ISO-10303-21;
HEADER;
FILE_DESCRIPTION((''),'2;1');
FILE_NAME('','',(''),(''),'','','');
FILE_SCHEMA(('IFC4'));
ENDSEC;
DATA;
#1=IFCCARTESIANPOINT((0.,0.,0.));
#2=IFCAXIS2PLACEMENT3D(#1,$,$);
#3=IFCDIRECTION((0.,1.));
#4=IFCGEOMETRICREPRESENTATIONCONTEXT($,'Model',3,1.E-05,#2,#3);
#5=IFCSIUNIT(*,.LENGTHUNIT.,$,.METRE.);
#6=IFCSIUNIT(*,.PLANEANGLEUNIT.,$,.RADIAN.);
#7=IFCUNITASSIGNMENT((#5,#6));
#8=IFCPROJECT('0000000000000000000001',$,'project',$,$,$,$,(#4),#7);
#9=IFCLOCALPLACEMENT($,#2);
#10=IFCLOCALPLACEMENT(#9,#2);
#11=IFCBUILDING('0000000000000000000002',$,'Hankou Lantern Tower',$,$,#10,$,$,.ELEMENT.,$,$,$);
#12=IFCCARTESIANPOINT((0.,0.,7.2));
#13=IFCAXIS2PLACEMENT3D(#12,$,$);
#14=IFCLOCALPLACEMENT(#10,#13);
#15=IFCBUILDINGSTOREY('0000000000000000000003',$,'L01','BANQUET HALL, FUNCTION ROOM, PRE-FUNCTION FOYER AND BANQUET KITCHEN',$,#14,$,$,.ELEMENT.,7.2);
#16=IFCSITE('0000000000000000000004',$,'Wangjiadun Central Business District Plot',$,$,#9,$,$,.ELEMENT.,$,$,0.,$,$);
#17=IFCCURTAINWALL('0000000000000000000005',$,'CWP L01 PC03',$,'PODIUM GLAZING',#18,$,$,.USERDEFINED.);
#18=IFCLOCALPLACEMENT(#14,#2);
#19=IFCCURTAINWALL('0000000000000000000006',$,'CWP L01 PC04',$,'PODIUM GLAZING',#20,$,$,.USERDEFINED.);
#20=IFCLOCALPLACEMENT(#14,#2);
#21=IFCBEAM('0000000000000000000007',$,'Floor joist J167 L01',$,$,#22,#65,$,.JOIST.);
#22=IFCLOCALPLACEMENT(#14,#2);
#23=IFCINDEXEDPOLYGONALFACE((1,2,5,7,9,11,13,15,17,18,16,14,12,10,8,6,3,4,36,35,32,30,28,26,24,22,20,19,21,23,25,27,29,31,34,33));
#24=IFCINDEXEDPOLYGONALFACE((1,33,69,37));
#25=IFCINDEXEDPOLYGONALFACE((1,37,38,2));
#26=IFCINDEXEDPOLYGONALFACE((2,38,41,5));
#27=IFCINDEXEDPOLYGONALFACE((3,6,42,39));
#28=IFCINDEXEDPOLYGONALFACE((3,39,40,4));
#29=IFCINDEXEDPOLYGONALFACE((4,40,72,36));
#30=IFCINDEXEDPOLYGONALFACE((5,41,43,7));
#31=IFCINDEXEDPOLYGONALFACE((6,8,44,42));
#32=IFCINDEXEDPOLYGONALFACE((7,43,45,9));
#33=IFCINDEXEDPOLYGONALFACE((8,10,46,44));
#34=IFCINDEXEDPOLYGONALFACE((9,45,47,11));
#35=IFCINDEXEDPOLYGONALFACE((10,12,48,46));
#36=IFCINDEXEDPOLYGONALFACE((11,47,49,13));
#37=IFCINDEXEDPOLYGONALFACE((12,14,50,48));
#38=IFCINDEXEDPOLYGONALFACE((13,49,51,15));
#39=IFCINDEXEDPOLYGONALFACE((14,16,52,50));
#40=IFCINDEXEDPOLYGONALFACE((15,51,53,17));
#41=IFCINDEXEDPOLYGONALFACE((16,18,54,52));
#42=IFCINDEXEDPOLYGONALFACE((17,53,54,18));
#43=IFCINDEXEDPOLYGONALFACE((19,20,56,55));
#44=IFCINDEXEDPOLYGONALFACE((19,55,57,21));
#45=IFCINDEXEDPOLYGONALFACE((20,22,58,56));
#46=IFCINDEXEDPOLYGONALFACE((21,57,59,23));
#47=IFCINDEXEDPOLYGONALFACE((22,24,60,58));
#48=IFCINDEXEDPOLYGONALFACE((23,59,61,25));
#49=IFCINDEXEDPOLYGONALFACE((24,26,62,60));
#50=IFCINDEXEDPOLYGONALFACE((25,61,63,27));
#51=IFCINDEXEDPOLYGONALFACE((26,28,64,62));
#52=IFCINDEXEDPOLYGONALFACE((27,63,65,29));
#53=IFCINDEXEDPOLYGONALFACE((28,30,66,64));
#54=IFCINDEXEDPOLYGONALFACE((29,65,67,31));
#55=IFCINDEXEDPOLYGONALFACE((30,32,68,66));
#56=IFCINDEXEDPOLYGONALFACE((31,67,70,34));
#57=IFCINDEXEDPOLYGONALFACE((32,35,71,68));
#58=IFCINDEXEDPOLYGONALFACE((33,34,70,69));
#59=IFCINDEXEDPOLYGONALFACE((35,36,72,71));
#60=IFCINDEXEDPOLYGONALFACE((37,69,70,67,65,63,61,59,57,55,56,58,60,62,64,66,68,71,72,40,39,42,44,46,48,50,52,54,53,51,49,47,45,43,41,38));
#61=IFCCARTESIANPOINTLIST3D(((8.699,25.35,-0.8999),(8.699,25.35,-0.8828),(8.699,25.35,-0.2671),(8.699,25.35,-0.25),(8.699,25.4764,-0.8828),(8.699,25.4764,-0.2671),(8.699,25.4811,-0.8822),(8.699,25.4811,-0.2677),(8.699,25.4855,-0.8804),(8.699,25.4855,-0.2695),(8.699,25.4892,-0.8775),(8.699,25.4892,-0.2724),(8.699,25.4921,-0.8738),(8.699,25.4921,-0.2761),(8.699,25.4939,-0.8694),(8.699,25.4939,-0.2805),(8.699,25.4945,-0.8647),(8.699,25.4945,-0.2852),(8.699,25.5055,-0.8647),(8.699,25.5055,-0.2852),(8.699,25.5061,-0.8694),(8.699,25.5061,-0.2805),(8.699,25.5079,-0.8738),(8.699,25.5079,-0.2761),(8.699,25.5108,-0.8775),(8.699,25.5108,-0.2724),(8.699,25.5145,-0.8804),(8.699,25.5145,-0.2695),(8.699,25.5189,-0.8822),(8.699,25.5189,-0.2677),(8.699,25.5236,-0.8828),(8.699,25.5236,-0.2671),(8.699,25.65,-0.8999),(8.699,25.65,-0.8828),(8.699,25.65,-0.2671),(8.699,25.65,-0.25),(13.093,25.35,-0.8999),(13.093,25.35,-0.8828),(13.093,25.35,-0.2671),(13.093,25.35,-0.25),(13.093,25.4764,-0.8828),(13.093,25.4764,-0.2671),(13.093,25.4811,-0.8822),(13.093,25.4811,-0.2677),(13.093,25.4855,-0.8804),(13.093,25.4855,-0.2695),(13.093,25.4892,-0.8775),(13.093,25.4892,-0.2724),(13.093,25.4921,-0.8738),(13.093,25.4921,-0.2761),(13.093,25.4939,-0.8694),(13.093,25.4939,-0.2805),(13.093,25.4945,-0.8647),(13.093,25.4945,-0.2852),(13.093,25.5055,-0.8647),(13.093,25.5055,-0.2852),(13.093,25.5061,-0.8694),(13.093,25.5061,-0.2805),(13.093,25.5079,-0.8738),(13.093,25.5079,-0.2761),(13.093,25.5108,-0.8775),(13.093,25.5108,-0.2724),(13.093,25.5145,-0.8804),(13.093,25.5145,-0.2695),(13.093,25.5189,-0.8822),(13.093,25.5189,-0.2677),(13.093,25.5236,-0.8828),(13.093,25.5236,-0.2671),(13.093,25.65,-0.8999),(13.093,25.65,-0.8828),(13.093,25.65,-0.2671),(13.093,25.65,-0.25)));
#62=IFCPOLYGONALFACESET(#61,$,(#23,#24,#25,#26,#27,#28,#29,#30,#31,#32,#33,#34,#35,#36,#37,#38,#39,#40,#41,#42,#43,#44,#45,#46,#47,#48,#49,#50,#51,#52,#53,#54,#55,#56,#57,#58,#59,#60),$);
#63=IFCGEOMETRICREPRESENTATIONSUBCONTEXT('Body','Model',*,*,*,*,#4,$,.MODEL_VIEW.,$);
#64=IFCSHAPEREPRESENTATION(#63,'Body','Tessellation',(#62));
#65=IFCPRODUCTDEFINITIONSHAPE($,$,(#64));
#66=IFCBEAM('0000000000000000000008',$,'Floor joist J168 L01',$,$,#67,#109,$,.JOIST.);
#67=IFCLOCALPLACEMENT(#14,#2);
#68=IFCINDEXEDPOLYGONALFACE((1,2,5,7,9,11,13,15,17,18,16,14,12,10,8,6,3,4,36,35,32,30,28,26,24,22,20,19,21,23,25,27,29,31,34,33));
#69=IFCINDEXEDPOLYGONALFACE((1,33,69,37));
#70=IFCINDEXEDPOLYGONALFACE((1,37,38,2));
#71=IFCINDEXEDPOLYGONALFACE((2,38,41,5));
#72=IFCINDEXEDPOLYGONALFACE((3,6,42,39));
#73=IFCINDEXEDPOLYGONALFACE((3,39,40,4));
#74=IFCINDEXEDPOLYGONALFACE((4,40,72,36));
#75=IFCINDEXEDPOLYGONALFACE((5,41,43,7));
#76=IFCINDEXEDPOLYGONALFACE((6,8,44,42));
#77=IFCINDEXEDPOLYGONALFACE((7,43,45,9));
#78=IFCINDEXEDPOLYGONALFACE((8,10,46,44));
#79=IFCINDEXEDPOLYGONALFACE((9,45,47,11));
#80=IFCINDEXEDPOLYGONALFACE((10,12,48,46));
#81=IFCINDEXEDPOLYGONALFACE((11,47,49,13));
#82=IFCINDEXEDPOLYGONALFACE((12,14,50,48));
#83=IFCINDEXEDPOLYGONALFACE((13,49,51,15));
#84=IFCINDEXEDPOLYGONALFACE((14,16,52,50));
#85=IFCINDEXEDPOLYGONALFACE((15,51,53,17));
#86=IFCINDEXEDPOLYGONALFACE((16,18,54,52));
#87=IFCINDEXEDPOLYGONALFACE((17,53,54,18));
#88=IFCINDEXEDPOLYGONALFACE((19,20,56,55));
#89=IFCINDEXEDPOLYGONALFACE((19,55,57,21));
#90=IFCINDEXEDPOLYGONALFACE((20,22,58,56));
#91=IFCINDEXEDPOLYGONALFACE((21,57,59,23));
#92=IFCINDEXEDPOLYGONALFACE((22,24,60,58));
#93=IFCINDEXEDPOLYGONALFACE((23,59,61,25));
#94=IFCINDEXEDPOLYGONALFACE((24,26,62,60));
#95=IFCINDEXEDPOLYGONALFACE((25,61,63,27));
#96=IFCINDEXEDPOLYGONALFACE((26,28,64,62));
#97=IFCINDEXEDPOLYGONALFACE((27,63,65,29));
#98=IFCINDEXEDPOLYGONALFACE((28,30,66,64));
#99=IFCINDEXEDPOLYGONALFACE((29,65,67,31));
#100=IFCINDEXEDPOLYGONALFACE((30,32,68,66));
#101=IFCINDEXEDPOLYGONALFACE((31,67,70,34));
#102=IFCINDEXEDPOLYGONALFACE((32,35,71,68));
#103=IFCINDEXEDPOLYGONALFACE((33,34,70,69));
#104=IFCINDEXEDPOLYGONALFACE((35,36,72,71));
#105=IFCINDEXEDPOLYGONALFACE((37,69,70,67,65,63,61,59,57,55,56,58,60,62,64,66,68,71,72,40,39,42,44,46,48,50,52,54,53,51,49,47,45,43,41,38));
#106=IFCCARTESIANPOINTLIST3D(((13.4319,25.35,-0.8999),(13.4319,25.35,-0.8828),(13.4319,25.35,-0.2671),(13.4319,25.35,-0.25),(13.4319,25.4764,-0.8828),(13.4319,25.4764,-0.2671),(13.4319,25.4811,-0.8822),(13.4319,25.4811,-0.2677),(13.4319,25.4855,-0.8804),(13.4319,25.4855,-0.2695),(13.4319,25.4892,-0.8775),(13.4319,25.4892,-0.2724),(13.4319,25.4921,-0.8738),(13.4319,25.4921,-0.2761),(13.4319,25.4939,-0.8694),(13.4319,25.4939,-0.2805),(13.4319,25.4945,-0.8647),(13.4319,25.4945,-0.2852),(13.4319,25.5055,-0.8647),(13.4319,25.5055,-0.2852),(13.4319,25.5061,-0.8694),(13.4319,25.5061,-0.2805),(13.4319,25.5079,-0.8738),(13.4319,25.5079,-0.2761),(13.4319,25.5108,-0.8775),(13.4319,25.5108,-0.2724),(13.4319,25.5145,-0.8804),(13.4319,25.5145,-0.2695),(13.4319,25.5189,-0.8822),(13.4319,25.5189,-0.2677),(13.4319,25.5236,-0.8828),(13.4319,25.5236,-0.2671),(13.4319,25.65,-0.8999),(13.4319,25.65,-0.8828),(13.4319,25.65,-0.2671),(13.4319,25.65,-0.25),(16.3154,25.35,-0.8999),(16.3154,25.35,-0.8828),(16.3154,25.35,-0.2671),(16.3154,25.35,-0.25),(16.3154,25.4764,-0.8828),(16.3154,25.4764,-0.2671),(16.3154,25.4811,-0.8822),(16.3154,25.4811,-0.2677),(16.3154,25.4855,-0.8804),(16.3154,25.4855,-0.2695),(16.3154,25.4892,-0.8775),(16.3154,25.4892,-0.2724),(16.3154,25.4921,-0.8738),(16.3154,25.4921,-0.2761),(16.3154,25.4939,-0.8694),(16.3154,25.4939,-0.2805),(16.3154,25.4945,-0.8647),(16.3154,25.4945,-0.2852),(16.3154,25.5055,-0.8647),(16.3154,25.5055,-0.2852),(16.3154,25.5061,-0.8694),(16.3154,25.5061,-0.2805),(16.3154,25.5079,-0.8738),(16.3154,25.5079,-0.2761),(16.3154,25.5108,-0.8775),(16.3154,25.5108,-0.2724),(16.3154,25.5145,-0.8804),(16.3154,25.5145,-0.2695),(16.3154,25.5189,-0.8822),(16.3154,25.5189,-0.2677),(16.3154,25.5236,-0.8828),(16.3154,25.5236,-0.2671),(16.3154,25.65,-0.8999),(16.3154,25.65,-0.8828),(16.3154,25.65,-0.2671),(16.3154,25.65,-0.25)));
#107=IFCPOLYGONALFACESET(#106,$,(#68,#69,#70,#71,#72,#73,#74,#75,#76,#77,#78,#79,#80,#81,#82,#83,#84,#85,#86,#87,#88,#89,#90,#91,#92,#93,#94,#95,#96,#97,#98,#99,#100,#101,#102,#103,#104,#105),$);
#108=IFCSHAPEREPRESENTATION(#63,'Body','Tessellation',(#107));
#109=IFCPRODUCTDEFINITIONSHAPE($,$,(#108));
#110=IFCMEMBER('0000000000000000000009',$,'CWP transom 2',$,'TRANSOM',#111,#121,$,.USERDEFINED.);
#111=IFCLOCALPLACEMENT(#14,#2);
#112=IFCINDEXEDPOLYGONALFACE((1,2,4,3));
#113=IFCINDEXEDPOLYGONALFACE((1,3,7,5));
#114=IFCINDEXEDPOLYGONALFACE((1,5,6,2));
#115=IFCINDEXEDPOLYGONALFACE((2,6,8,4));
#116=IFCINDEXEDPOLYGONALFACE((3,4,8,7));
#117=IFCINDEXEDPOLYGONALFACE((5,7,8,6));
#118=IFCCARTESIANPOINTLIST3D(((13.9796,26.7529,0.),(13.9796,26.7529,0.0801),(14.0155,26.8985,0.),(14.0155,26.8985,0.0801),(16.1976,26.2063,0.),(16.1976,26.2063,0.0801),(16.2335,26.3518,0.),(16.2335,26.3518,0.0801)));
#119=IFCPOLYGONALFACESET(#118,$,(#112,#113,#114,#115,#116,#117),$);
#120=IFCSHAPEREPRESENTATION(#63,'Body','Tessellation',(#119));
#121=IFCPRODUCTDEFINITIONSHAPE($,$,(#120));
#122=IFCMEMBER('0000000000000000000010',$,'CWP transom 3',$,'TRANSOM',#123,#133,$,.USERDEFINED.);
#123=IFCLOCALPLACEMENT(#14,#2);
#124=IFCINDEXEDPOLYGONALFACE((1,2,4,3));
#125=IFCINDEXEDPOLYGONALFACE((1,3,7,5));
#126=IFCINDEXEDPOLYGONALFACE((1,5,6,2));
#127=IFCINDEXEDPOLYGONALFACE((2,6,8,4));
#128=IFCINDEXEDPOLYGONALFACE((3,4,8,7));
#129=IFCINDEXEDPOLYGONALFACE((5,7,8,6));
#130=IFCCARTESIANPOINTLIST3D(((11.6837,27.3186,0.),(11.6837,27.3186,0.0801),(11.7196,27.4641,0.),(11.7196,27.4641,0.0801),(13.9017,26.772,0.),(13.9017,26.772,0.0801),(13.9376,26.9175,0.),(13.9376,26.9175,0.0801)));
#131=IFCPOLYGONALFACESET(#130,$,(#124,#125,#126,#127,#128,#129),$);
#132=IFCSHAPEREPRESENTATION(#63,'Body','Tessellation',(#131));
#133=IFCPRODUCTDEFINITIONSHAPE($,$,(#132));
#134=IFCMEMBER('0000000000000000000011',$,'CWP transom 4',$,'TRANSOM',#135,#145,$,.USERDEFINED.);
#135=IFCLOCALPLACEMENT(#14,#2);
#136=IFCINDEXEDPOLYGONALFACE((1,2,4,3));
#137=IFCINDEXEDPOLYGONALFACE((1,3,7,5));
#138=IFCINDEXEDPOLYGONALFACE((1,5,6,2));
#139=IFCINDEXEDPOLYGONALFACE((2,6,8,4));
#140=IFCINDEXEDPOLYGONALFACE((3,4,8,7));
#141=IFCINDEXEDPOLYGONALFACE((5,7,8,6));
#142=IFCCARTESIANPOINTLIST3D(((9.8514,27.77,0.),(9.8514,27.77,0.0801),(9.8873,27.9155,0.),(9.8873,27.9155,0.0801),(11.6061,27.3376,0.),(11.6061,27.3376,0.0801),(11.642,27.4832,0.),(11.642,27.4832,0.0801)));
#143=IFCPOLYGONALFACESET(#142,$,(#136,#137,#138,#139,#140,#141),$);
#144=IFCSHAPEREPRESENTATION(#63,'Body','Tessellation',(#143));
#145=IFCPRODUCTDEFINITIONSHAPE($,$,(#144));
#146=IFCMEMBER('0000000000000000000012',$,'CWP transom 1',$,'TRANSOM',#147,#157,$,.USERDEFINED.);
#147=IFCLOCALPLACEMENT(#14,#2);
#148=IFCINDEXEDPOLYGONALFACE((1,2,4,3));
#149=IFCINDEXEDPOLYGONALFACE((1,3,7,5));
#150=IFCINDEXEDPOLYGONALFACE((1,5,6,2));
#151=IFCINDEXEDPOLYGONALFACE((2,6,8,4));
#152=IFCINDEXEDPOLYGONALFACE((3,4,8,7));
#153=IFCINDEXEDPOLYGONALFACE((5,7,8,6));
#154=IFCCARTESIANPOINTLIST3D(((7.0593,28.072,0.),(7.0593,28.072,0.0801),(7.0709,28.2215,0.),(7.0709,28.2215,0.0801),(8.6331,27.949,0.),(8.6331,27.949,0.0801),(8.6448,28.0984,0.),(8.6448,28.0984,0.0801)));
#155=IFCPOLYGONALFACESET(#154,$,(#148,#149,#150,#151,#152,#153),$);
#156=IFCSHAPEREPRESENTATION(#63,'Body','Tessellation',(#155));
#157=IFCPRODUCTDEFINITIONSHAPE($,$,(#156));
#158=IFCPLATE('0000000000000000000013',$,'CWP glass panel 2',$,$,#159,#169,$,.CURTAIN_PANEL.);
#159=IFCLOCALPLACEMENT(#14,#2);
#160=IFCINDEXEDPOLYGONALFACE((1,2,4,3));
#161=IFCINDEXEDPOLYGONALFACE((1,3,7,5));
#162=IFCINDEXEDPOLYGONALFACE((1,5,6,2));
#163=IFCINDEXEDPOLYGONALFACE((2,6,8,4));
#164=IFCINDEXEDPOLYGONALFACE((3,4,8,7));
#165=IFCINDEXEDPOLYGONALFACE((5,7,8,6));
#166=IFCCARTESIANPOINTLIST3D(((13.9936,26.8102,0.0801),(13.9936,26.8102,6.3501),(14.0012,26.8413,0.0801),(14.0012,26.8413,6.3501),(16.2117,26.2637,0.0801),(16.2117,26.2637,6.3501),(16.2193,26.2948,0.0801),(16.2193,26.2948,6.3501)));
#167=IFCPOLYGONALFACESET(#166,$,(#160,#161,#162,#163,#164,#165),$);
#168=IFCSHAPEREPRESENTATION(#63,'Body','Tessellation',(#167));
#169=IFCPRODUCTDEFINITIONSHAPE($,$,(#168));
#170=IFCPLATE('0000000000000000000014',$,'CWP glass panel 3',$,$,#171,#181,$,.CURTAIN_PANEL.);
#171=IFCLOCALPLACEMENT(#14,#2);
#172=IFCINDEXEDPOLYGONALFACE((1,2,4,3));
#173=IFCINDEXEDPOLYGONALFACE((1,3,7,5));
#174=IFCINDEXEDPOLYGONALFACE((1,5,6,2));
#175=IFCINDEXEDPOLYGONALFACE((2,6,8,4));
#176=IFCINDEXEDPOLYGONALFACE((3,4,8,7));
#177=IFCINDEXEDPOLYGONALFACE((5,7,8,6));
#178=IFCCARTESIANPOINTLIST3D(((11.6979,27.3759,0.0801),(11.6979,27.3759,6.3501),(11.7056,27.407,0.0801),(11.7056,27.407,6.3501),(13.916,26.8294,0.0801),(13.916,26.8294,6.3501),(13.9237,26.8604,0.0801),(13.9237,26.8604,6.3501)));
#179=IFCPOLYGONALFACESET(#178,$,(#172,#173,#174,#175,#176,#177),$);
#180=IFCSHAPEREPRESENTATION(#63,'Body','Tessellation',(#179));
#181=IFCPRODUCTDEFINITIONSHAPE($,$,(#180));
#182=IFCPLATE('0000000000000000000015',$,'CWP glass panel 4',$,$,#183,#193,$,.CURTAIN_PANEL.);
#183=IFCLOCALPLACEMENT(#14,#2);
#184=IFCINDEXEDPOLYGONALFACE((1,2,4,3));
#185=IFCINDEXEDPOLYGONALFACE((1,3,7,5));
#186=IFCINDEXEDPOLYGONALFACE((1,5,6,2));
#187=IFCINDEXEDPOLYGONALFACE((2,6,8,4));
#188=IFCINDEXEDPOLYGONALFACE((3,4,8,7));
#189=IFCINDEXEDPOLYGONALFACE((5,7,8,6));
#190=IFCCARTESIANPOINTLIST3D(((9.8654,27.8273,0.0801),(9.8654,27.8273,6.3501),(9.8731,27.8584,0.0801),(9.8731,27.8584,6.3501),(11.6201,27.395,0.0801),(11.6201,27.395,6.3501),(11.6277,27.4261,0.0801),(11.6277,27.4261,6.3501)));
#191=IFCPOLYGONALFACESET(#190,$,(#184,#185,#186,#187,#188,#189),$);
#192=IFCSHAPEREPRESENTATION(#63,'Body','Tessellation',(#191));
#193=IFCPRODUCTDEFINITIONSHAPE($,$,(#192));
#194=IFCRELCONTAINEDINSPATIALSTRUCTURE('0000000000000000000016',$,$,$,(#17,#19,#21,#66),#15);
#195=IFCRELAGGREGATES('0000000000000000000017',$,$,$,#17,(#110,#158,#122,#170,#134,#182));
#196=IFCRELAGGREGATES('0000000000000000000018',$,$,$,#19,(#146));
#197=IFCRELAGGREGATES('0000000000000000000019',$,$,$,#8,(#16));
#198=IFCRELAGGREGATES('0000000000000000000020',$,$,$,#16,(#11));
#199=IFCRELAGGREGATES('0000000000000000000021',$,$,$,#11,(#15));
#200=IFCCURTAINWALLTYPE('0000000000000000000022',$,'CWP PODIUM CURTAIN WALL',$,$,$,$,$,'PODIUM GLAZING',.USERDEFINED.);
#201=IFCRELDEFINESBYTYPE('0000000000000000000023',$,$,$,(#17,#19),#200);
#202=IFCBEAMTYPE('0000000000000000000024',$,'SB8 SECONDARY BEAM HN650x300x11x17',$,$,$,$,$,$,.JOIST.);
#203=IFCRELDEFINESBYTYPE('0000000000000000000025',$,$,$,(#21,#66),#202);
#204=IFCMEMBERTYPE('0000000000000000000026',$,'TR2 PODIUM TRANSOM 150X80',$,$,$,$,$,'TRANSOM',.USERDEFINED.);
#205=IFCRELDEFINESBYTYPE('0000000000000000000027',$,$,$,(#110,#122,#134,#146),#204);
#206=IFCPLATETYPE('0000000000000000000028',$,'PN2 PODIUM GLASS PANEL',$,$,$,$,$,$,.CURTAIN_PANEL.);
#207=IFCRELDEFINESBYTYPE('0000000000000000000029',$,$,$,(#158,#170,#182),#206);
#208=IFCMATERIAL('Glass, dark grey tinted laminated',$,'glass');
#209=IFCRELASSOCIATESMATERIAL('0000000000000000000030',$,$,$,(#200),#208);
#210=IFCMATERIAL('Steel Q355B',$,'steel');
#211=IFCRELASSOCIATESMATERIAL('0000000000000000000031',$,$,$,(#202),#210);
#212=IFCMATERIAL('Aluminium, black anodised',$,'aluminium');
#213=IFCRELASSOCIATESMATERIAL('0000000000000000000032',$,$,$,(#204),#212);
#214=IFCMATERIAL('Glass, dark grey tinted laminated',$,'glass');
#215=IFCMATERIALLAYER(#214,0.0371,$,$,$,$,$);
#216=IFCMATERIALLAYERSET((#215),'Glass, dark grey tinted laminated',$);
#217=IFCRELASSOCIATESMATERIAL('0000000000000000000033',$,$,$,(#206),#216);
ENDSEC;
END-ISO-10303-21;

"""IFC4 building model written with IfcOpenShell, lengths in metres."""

from ifc_helpers import new_model, si_unit, direction, frame, origin, origin_2d, place, context, subcontext, project, spatial, rectangle, i_section, extrude, material, layer, layer_set, material_profile, profile_set, type_object, element, aggregate, save


model = new_model("IFC4")

# Units and contexts
model_context = context("Model", 3, precision=1e-05, world=origin(), true_north=direction((0.0, 1.0)))
body_context = subcontext(model_context, "Body", "Model", "MODEL_VIEW")
ifc_project = project(units=[si_unit("LENGTHUNIT", "METRE"), si_unit("PLANEANGLEUNIT", "RADIAN")], contexts=[model_context])

# Site, building, storey
site_placement = place(None, origin())
site = spatial("IfcSite", under=ifc_project, at=site_placement, Name="Wangjiadun Central Business District Plot", CompositionType="ELEMENT", RefElevation=0.0)
building_placement = place(site_placement, origin())
building = spatial("IfcBuilding", under=site, at=building_placement, Name="Hankou Lantern Tower", CompositionType="ELEMENT")
storey_placement = place(building_placement, frame((0.0, 0.0, 7.2)))
storey = spatial("IfcBuildingStorey", under=building, at=storey_placement, Name="L01", Description="BANQUET HALL, FUNCTION ROOM, PRE-FUNCTION FOYER AND BANQUET KITCHEN", CompositionType="ELEMENT", Elevation=7.2)

# Curtain wall
ifc_material_1 = material(Name="Glass, dark grey tinted laminated", Category="glass")
curtain_wall_type = type_object("IfcCurtainWallType", Name="CWP PODIUM CURTAIN WALL", ElementType="PODIUM GLAZING", PredefinedType="USERDEFINED", material=ifc_material_1)
curtain_wall_1_placement = place(storey_placement, origin())
curtain_wall_1 = element("IfcCurtainWall", 1, at=curtain_wall_1_placement, inside=storey, type_object=curtain_wall_type, Name="CWP L01 PC03", ObjectType="PODIUM GLAZING", PredefinedType="USERDEFINED")

# Curtain wall
curtain_wall_2_placement = place(storey_placement, origin())
curtain_wall_2 = element("IfcCurtainWall", 2, at=curtain_wall_2_placement, inside=storey, type_object=curtain_wall_type, Name="CWP L01 PC04", ObjectType="PODIUM GLAZING", PredefinedType="USERDEFINED")

# Beams
ifc_material_2 = material(Name="Steel Q355B", Category="steel")
ifc_material_profile_1 = material_profile(ifc_material_2, i_section(OverallWidth=0.3, OverallDepth=0.6499, WebThickness=0.011, FlangeThickness=0.0171, FilletRadius=0.0181, at=origin_2d()), Name="HN650x300x11x17")
ifc_profile_set_1 = profile_set([ifc_material_profile_1], Name="Steel Q355B")
beam_type_1 = type_object("IfcBeamType", Name="SB8 SECONDARY BEAM HN650x300x11x17", PredefinedType="JOIST", material=ifc_profile_set_1)
beam_1_placement = place(storey_placement, frame((8.699, 25.5, -0.575), z_axis=(1.0, 0.0, 0.0), x_axis=(0.0, 1.0, 0.0)))
element("IfcBeam", 3, at=beam_1_placement, inside=storey, type_object=beam_type_1, Name="Floor joist J167 L01", PredefinedType="JOIST", context=body_context, shape_type="SweptSolid", body=[
    extrude(i_section(OverallWidth=0.3, OverallDepth=0.6499, WebThickness=0.011, FlangeThickness=0.0171, FilletRadius=0.0181, at=origin_2d()), origin(), (0.0, 0.0, 1.0), 4.394),
])
beam_2_placement = place(storey_placement, frame((13.4319, 25.5, -0.575), z_axis=(1.0, 0.0, 0.0), x_axis=(0.0, 1.0, 0.0)))
element("IfcBeam", 4, at=beam_2_placement, inside=storey, type_object=beam_type_1, Name="Floor joist J168 L01", PredefinedType="JOIST", context=body_context, shape_type="SweptSolid", body=[
    extrude(i_section(OverallWidth=0.3, OverallDepth=0.6499, WebThickness=0.011, FlangeThickness=0.0171, FilletRadius=0.0181, at=origin_2d()), origin(), (0.0, 0.0, 1.0), 2.8835),
])

# Members
ifc_material_3 = material(Name="Aluminium, black anodised", Category="aluminium")
ifc_material_profile_2 = material_profile(ifc_material_3, rectangle(XDim=0.1499, YDim=0.0801, at=origin_2d()), Name="TR2 150X80")
ifc_profile_set_2 = profile_set([ifc_material_profile_2], Name="Aluminium, black anodised")
member_type_1 = type_object("IfcMemberType", Name="TR2 PODIUM TRANSOM 150X80", ElementType="TRANSOM", PredefinedType="USERDEFINED", material=ifc_profile_set_2)
member_1_placement = place(storey_placement, frame((16.2156, 26.2791, 0.04), z_axis=(-0.970948, 0.23929, 0.0), x_axis=(-0.23929, -0.970948, 0.0)))
member_1 = element("IfcMember", 5, at=member_1_placement, type_object=member_type_1, Name="CWP transom 2", ObjectType="TRANSOM", PredefinedType="USERDEFINED", context=body_context, shape_type="SweptSolid", body=[
    extrude(rectangle(XDim=0.1499, YDim=0.0801, at=origin_2d()), origin(), (0.0, 0.0, 1.0), 2.2844),
])
member_2_placement = place(storey_placement, frame((13.9197, 26.8447, 0.04), z_axis=(-0.970948, 0.23929, 0.0), x_axis=(-0.23929, -0.970948, 0.0)))
member_2 = element("IfcMember", 6, at=member_2_placement, type_object=member_type_1, Name="CWP transom 3", ObjectType="TRANSOM", PredefinedType="USERDEFINED", context=body_context, shape_type="SweptSolid", body=[
    extrude(rectangle(XDim=0.1499, YDim=0.0801, at=origin_2d()), origin(), (0.0, 0.0, 1.0), 2.2844),
])
member_3_placement = place(storey_placement, frame((11.624, 27.4104, 0.04), z_axis=(-0.970956, 0.23926, 0.0), x_axis=(-0.23926, -0.970956, 0.0)))
member_3 = element("IfcMember", 7, at=member_3_placement, type_object=member_type_1, Name="CWP transom 4", ObjectType="TRANSOM", PredefinedType="USERDEFINED", context=body_context, shape_type="SweptSolid", body=[
    extrude(rectangle(XDim=0.1499, YDim=0.0801, at=origin_2d()), origin(), (0.0, 0.0, 1.0), 1.8071),
])
member_4_placement = place(storey_placement, frame((8.6389, 28.0237, 0.04), z_axis=(-0.996957, 0.07795, 0.0), x_axis=(-0.07795, -0.996957, 0.0)))
member_4 = element("IfcMember", 8, at=member_4_placement, type_object=member_type_1, Name="CWP transom 1", ObjectType="TRANSOM", PredefinedType="USERDEFINED", context=body_context, shape_type="SweptSolid", body=[
    extrude(rectangle(XDim=0.1499, YDim=0.0801, at=origin_2d()), origin(), (0.0, 0.0, 1.0), 1.5786),
])

# Plates
ifc_material_4 = material(Name="Glass, dark grey tinted laminated", Category="glass")
ifc_layer = layer(ifc_material_4, 0.0371)
ifc_layer_set = layer_set([ifc_layer], Name="Glass, dark grey tinted laminated")
plate_type = type_object("IfcPlateType", Name="PN2 PODIUM GLASS PANEL", PredefinedType="CURTAIN_PANEL", material=ifc_layer_set)
plate_1_placement = place(storey_placement, frame((15.1064, 26.5525, 0.0801), z_axis=(0.0, 0.0, 1.0), x_axis=(-0.970961, 0.239238, 0.0)))
plate_1 = element("IfcPlate", 9, at=plate_1_placement, type_object=plate_type, Name="CWP glass panel 2", PredefinedType="CURTAIN_PANEL", context=body_context, shape_type="SweptSolid", body=[
    extrude(rectangle(XDim=2.2844, YDim=0.032, at=origin_2d()), origin(), (0.0, 0.0, 1.0), 6.27),
])
plate_2_placement = place(storey_placement, frame((12.8108, 27.1182, 0.0801), z_axis=(0.0, 0.0, 1.0), x_axis=(-0.970961, 0.239238, 0.0)))
plate_2 = element("IfcPlate", 10, at=plate_2_placement, type_object=plate_type, Name="CWP glass panel 3", PredefinedType="CURTAIN_PANEL", context=body_context, shape_type="SweptSolid", body=[
    extrude(rectangle(XDim=2.2844, YDim=0.032, at=origin_2d()), origin(), (0.0, 0.0, 1.0), 6.27),
])
plate_3_placement = place(storey_placement, frame((10.7466, 27.6267, 0.0801), z_axis=(0.0, 0.0, 1.0), x_axis=(-0.970961, 0.239238, 0.0)))
plate_3 = element("IfcPlate", 11, at=plate_3_placement, type_object=plate_type, Name="CWP glass panel 4", PredefinedType="CURTAIN_PANEL", context=body_context, shape_type="SweptSolid", body=[
    extrude(rectangle(XDim=1.8071, YDim=0.032, at=origin_2d()), origin(), (0.0, 0.0, 1.0), 6.27),
])
aggregate(curtain_wall_1, [member_1, plate_1, member_2, plate_2, member_3, plate_3])
aggregate(curtain_wall_2, [member_4])

save(model, "model.ifc")
